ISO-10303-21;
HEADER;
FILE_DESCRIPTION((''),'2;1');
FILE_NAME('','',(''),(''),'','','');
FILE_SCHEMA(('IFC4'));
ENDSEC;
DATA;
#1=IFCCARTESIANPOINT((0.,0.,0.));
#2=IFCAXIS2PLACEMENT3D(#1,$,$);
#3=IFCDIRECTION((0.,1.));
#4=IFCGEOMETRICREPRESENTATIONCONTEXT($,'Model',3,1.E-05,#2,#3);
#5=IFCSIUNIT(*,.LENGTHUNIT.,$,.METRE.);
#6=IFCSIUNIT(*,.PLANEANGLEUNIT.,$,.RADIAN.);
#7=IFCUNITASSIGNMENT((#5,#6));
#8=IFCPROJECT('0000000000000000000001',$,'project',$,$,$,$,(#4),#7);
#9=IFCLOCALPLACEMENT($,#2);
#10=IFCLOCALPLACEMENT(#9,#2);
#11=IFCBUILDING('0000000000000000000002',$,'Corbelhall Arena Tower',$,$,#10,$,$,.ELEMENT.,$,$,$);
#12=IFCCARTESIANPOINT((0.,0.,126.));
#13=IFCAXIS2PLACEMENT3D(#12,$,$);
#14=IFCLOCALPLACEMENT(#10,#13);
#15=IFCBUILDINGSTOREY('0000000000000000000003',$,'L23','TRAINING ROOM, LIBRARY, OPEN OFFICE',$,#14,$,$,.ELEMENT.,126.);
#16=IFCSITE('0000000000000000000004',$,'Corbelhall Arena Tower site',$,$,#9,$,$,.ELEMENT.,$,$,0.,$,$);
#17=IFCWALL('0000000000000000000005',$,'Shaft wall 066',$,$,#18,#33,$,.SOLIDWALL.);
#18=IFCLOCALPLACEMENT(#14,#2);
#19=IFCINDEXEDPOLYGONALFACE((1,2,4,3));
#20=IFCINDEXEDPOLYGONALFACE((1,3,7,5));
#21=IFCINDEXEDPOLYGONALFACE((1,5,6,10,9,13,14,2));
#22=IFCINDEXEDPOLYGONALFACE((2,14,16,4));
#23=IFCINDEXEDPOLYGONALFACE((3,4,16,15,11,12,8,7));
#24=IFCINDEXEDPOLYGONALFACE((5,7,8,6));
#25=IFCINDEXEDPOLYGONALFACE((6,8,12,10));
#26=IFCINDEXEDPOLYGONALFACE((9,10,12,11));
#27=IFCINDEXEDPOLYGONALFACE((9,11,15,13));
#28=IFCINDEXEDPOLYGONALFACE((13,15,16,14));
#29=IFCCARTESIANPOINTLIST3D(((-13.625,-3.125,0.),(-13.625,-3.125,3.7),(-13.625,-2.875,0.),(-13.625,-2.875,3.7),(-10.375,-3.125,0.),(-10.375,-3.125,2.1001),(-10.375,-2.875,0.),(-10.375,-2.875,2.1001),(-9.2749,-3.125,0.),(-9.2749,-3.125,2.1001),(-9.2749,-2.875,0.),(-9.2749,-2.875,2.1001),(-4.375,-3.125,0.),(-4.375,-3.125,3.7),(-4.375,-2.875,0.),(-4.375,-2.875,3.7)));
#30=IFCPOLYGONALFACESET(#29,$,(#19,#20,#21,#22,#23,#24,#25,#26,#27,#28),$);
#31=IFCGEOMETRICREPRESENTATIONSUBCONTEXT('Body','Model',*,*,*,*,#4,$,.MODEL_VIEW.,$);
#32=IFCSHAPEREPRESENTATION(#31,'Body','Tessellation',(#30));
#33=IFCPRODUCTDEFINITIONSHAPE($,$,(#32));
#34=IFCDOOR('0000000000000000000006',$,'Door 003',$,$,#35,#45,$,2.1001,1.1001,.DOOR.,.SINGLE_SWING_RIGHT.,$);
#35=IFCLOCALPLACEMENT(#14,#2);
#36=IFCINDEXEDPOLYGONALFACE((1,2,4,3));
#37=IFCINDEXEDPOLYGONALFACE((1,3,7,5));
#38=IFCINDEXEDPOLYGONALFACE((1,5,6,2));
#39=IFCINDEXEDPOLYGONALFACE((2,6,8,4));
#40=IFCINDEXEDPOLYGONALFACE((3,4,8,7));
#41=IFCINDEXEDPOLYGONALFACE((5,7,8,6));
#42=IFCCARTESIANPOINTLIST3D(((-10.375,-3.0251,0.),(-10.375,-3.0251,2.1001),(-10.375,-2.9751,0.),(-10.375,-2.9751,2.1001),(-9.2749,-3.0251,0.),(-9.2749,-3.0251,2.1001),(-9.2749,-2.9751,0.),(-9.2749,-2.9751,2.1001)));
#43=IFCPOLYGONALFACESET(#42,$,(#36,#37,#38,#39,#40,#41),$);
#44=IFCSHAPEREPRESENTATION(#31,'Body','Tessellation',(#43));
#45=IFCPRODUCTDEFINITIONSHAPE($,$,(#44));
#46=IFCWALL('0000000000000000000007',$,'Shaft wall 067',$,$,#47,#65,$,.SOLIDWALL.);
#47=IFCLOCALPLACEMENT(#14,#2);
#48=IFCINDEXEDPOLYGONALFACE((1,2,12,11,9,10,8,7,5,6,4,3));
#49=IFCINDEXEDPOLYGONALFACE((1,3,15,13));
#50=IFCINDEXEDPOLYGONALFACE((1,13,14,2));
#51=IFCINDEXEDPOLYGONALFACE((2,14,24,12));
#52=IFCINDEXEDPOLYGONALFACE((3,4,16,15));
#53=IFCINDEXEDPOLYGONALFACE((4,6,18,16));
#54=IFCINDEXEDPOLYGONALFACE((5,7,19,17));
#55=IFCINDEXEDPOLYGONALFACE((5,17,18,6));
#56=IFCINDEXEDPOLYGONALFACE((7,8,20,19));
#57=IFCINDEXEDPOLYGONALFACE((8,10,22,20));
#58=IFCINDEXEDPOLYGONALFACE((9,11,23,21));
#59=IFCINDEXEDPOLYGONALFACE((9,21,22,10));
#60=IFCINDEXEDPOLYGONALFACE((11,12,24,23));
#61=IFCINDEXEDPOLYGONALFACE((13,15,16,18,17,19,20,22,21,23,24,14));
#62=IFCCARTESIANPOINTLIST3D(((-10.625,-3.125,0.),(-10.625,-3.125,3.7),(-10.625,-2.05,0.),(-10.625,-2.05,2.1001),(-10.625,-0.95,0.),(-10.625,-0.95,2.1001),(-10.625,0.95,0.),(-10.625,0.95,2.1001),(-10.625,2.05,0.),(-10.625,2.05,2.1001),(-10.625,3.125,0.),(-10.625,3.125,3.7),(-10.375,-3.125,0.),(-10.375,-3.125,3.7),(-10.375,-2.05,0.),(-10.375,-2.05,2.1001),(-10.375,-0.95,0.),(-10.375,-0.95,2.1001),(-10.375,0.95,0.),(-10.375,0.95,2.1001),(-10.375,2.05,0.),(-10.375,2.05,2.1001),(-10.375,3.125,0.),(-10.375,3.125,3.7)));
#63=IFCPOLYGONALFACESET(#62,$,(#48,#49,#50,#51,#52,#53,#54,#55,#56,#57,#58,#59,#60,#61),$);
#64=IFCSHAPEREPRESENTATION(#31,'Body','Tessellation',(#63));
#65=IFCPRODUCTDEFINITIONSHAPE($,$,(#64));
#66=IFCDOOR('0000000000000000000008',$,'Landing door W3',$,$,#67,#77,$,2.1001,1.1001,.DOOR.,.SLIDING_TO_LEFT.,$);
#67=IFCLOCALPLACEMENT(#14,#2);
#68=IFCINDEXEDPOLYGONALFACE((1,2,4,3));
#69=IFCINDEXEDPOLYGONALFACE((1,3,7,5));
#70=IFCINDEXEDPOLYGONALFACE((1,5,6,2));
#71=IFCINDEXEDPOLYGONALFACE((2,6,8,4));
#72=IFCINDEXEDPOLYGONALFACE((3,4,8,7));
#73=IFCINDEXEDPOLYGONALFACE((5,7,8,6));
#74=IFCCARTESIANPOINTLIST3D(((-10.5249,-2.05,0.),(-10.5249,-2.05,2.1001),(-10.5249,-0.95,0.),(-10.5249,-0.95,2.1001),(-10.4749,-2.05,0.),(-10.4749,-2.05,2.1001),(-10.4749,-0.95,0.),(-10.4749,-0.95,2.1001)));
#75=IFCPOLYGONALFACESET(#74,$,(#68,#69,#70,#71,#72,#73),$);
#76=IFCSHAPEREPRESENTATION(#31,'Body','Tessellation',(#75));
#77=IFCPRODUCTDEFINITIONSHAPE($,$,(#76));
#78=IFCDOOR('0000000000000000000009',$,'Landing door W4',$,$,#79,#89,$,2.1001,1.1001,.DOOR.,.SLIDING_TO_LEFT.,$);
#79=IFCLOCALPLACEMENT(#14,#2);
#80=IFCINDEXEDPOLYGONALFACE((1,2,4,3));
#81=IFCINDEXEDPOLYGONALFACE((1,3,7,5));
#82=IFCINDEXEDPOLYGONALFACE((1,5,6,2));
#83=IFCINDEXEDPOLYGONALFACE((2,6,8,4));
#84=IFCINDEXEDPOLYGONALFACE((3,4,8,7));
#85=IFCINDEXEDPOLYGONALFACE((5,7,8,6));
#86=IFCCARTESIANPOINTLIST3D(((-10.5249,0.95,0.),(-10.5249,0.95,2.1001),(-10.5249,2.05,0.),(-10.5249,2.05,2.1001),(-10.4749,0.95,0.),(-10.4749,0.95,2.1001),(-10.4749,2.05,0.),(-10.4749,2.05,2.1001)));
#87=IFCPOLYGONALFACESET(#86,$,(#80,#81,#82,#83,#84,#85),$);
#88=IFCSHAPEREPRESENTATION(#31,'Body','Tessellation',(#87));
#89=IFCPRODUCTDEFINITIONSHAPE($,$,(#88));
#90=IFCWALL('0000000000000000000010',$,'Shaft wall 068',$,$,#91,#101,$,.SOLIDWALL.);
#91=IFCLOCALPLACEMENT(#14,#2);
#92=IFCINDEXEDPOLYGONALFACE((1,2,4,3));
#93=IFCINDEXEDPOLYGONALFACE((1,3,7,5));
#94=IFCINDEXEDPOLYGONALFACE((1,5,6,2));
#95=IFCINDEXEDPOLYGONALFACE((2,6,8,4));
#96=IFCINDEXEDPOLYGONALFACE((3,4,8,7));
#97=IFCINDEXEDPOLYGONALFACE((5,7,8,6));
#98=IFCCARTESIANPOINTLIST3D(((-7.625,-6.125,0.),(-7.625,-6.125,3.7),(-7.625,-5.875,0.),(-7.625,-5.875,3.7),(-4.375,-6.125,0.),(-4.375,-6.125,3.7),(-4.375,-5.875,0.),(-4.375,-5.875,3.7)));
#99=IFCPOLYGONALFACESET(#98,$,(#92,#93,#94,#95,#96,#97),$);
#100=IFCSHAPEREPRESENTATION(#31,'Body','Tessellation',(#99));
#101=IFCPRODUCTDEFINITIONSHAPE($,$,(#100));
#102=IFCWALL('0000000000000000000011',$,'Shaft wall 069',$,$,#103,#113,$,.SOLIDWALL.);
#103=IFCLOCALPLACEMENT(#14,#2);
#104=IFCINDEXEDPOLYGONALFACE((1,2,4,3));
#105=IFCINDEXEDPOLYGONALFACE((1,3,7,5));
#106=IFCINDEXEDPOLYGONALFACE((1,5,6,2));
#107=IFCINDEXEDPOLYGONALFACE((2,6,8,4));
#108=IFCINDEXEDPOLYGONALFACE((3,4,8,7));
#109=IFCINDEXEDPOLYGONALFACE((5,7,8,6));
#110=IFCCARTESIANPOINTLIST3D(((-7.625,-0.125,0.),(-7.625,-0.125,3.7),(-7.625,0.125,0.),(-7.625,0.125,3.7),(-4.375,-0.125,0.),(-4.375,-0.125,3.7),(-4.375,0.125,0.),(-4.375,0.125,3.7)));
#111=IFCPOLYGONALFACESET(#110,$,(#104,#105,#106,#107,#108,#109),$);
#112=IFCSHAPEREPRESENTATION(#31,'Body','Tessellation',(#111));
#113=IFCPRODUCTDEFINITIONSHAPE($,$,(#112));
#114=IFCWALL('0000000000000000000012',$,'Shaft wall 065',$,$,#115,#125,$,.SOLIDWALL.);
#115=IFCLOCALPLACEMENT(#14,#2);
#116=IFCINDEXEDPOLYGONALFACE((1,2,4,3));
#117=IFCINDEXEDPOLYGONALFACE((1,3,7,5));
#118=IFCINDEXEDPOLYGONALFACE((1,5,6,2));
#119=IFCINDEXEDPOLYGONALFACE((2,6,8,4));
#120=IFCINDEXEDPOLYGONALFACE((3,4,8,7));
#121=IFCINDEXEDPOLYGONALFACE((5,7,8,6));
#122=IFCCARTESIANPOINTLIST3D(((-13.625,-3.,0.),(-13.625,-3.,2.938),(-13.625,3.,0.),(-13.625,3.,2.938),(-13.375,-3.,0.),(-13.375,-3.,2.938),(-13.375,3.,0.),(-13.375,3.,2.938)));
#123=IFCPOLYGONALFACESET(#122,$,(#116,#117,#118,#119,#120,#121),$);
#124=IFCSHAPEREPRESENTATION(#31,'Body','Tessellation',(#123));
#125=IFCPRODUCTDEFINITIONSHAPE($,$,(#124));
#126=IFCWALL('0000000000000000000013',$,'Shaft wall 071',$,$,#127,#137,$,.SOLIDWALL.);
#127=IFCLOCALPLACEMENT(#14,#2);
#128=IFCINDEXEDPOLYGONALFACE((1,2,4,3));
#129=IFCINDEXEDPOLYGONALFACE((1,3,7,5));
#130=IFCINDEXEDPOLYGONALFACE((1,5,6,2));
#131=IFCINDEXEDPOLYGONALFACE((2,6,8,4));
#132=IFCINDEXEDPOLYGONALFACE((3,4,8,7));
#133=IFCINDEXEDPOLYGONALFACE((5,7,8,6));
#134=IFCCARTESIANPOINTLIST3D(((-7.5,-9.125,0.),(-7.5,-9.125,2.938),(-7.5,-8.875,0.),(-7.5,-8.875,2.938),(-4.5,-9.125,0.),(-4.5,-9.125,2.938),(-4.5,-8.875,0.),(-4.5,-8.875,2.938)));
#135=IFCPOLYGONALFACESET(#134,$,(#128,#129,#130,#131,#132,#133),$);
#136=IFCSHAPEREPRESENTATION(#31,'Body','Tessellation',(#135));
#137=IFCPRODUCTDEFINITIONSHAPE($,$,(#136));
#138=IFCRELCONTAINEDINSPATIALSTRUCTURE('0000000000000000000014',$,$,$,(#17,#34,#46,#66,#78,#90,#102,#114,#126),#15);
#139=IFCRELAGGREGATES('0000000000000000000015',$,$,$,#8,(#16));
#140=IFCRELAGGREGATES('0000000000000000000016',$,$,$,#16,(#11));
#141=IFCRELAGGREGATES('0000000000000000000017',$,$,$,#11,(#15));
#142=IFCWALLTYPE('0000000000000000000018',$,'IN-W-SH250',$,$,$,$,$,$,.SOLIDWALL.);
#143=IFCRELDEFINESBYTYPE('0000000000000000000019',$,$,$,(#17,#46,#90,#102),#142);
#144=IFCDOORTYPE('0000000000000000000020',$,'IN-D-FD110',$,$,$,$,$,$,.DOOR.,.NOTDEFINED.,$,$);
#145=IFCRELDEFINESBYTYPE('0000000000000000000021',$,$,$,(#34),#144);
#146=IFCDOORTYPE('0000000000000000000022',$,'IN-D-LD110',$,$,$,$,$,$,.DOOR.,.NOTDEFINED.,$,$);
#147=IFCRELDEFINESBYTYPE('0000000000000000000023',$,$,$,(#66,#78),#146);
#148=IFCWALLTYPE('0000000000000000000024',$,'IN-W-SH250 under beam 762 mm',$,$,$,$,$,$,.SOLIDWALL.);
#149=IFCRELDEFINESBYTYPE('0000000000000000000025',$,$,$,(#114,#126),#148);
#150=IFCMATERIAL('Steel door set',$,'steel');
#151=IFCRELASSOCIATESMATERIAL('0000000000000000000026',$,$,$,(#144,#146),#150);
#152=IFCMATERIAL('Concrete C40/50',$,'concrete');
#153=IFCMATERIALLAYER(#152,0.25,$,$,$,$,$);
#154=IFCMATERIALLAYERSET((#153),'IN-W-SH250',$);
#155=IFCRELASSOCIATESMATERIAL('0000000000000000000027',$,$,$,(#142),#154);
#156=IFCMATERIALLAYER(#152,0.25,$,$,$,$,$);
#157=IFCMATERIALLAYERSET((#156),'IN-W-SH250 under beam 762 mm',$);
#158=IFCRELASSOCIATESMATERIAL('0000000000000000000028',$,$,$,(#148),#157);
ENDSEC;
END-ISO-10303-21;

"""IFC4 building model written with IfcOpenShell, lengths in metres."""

from ifc_helpers import new_model, si_unit, direction, frame, frame_2d, origin, place, context, subcontext, project, spatial, rectangle, extrude, material, layer, layer_set, type_object, element, fill, save


model = new_model("IFC4")

# Units and contexts
model_context = context("Model", 3, precision=1e-05, world=origin(), true_north=direction((0.0, 1.0)))
body_context = subcontext(model_context, "Body", "Model", "MODEL_VIEW")
ifc_project = project(units=[si_unit("LENGTHUNIT", "METRE"), si_unit("PLANEANGLEUNIT", "RADIAN")], contexts=[model_context])

# Site, building, storey
site_placement = place(None, origin())
site = spatial("IfcSite", under=ifc_project, at=site_placement, Name="Corbelhall Arena Tower site", CompositionType="ELEMENT", RefElevation=0.0)
building_placement = place(site_placement, origin())
building = spatial("IfcBuilding", under=site, at=building_placement, Name="Corbelhall Arena Tower", CompositionType="ELEMENT")
storey_placement = place(building_placement, frame((0.0, 0.0, 126.0)))
storey = spatial("IfcBuildingStorey", under=building, at=storey_placement, Name="L23", Description="TRAINING ROOM, LIBRARY, OPEN OFFICE", CompositionType="ELEMENT", Elevation=126.0)

# Shared definitions
ifc_material_1 = material(Name="Steel door set", Category="steel")
door_type_1 = type_object("IfcDoorType", Name="IN-D-FD110", OperationType="NOTDEFINED", PredefinedType="DOOR", material=ifc_material_1)

# Shared definitions
ifc_material_2 = material(Name="Concrete C40/50", Category="concrete")
ifc_layer_1 = layer(ifc_material_2, 0.25)
ifc_layer_set_1 = layer_set([ifc_layer_1], Name="IN-W-SH250")
wall_type_1 = type_object("IfcWallType", Name="IN-W-SH250", PredefinedType="SOLIDWALL", material=ifc_layer_set_1)

# Wall, opening, door
wall_1_placement = place(storey_placement, frame((-13.625, -3.0, 0.0), z_axis=(0.0, 0.0, 1.0), x_axis=(1.0, 0.0, 0.0)))
wall_1 = element("IfcWall", 1, at=wall_1_placement, inside=storey, type_object=wall_type_1, Name="Shaft wall 066", PredefinedType="SOLIDWALL", context=body_context, shape_type="SweptSolid", body=[
    extrude(rectangle(XDim=9.25, YDim=0.25, at=frame_2d((4.625, 0.0))), origin(), (0.0, 0.0, 1.0), 3.7),
])
opening_1_placement = place(wall_1_placement, frame((3.25, 0.0, 0.0)))
opening_1 = element("IfcOpeningElement", 2, at=opening_1_placement, cuts=wall_1, PredefinedType="OPENING", context=body_context, shape_type="SweptSolid", body=[
    extrude(rectangle(XDim=1.1001, YDim=2.1001, at=frame_2d((0.55, 1.05))), frame((0.0, 0.125, 0.0), z_axis=(0.0, -1.0, 0.0), x_axis=(1.0, 0.0, 0.0)), (0.0, 0.0, 1.0), 0.25),
])
door_1_placement = place(opening_1_placement, origin())
door_1 = element("IfcDoor", 3, at=door_1_placement, inside=storey, type_object=door_type_1, Name="Door 003", OperationType="SINGLE_SWING_RIGHT", OverallHeight=2.1001, OverallWidth=1.1001, PredefinedType="DOOR", context=body_context, shape_type="SweptSolid", body=[
    extrude(rectangle(XDim=1.1001, YDim=2.1001, at=frame_2d((0.55, 1.05))), frame((0.0, 0.0249, 0.0), z_axis=(0.0, -1.0, 0.0), x_axis=(1.0, 0.0, 0.0)), (0.0, 0.0, 1.0), 0.05),
])
fill(opening_1, door_1)

# Wall, openings, doors
wall_2_placement = place(storey_placement, frame((-10.5, -3.125, 0.0), z_axis=(0.0, 0.0, 1.0), x_axis=(0.0, 1.0, 0.0)))
wall_2 = element("IfcWall", 4, at=wall_2_placement, inside=storey, type_object=wall_type_1, Name="Shaft wall 067", PredefinedType="SOLIDWALL", context=body_context, shape_type="SweptSolid", body=[
    extrude(rectangle(XDim=6.25, YDim=0.25, at=frame_2d((3.125, 0.0))), origin(), (0.0, 0.0, 1.0), 3.7),
])
opening_2_placement = place(wall_2_placement, frame((1.075, 0.0, 0.0)))
opening_2 = element("IfcOpeningElement", 5, at=opening_2_placement, cuts=wall_2, PredefinedType="OPENING", context=body_context, shape_type="SweptSolid", body=[
    extrude(rectangle(XDim=1.1001, YDim=2.1001, at=frame_2d((0.55, 1.05))), frame((0.0, 0.125, 0.0), z_axis=(0.0, -1.0, 0.0), x_axis=(1.0, 0.0, 0.0)), (0.0, 0.0, 1.0), 0.25),
])
opening_3_placement = place(wall_2_placement, frame((4.075, 0.0, 0.0)))
opening_3 = element("IfcOpeningElement", 6, at=opening_3_placement, cuts=wall_2, PredefinedType="OPENING", context=body_context, shape_type="SweptSolid", body=[
    extrude(rectangle(XDim=1.1001, YDim=2.1001, at=frame_2d((0.55, 1.05))), frame((0.0, 0.125, 0.0), z_axis=(0.0, -1.0, 0.0), x_axis=(1.0, 0.0, 0.0)), (0.0, 0.0, 1.0), 0.25),
])
door_type_2 = type_object("IfcDoorType", Name="IN-D-LD110", OperationType="NOTDEFINED", PredefinedType="DOOR", material=ifc_material_1)
door_2_placement = place(opening_2_placement, origin())
door_2 = element("IfcDoor", 7, at=door_2_placement, inside=storey, type_object=door_type_2, Name="Landing door W3", OperationType="SLIDING_TO_LEFT", OverallHeight=2.1001, OverallWidth=1.1001, PredefinedType="DOOR", context=body_context, shape_type="SweptSolid", body=[
    extrude(rectangle(XDim=1.1001, YDim=2.1001, at=frame_2d((0.55, 1.05))), frame((0.0, 0.0249, 0.0), z_axis=(0.0, -1.0, 0.0), x_axis=(1.0, 0.0, 0.0)), (0.0, 0.0, 1.0), 0.05),
])
fill(opening_2, door_2)
door_3_placement = place(opening_3_placement, origin())
door_3 = element("IfcDoor", 8, at=door_3_placement, inside=storey, type_object=door_type_2, Name="Landing door W4", OperationType="SLIDING_TO_LEFT", OverallHeight=2.1001, OverallWidth=1.1001, PredefinedType="DOOR", context=body_context, shape_type="SweptSolid", body=[
    extrude(rectangle(XDim=1.1001, YDim=2.1001, at=frame_2d((0.55, 1.05))), frame((0.0, 0.0249, 0.0), z_axis=(0.0, -1.0, 0.0), x_axis=(1.0, 0.0, 0.0)), (0.0, 0.0, 1.0), 0.05),
])
fill(opening_3, door_3)

# Walls
for number, where, z_axis, x_axis, name in (
    (9, (-7.625, -6.0, 0.0), (0.0, 0.0, 1.0), (1.0, 0.0, 0.0), "Shaft wall 068"),
    (10, (-7.625, 0.0, 0.0), (0.0, 0.0, 1.0), (1.0, 0.0, 0.0), "Shaft wall 069"),
):
    element("IfcWall", number, at=place(storey_placement, frame(where, z_axis=z_axis, x_axis=x_axis)), inside=storey, type_object=wall_type_1, Name=name, PredefinedType="SOLIDWALL", context=body_context, shape_type="SweptSolid", body=[
        extrude(rectangle(XDim=3.25, YDim=0.25, at=frame_2d((1.625, 0.0))), origin(), (0.0, 0.0, 1.0), 3.7),
    ])
ifc_layer_2 = layer(ifc_material_2, 0.25)
ifc_layer_set_2 = layer_set([ifc_layer_2], Name="IN-W-SH250 under beam 762 mm")
wall_type_2 = type_object("IfcWallType", Name="IN-W-SH250 under beam 762 mm", PredefinedType="SOLIDWALL", material=ifc_layer_set_2)
wall_3_placement = place(storey_placement, frame((-13.5, -3.0, 0.0), z_axis=(0.0, 0.0, 1.0), x_axis=(0.0, 1.0, 0.0)))
element("IfcWall", 11, at=wall_3_placement, inside=storey, type_object=wall_type_2, Name="Shaft wall 065", PredefinedType="SOLIDWALL", context=body_context, shape_type="SweptSolid", body=[
    extrude(rectangle(XDim=6.0, YDim=0.25, at=frame_2d((3.0, 0.0))), origin(), (0.0, 0.0, 1.0), 2.938),
])
wall_4_placement = place(storey_placement, frame((-4.5, -9.0, 0.0), z_axis=(0.0, 0.0, 1.0), x_axis=(-1.0, 0.0, 0.0)))
element("IfcWall", 12, at=wall_4_placement, inside=storey, type_object=wall_type_2, Name="Shaft wall 071", PredefinedType="SOLIDWALL", context=body_context, shape_type="SweptSolid", body=[
    extrude(rectangle(XDim=3.0, YDim=0.25, at=frame_2d((1.5, 0.0))), origin(), (0.0, 0.0, 1.0), 2.938),
])

save(model, "model.ifc")
